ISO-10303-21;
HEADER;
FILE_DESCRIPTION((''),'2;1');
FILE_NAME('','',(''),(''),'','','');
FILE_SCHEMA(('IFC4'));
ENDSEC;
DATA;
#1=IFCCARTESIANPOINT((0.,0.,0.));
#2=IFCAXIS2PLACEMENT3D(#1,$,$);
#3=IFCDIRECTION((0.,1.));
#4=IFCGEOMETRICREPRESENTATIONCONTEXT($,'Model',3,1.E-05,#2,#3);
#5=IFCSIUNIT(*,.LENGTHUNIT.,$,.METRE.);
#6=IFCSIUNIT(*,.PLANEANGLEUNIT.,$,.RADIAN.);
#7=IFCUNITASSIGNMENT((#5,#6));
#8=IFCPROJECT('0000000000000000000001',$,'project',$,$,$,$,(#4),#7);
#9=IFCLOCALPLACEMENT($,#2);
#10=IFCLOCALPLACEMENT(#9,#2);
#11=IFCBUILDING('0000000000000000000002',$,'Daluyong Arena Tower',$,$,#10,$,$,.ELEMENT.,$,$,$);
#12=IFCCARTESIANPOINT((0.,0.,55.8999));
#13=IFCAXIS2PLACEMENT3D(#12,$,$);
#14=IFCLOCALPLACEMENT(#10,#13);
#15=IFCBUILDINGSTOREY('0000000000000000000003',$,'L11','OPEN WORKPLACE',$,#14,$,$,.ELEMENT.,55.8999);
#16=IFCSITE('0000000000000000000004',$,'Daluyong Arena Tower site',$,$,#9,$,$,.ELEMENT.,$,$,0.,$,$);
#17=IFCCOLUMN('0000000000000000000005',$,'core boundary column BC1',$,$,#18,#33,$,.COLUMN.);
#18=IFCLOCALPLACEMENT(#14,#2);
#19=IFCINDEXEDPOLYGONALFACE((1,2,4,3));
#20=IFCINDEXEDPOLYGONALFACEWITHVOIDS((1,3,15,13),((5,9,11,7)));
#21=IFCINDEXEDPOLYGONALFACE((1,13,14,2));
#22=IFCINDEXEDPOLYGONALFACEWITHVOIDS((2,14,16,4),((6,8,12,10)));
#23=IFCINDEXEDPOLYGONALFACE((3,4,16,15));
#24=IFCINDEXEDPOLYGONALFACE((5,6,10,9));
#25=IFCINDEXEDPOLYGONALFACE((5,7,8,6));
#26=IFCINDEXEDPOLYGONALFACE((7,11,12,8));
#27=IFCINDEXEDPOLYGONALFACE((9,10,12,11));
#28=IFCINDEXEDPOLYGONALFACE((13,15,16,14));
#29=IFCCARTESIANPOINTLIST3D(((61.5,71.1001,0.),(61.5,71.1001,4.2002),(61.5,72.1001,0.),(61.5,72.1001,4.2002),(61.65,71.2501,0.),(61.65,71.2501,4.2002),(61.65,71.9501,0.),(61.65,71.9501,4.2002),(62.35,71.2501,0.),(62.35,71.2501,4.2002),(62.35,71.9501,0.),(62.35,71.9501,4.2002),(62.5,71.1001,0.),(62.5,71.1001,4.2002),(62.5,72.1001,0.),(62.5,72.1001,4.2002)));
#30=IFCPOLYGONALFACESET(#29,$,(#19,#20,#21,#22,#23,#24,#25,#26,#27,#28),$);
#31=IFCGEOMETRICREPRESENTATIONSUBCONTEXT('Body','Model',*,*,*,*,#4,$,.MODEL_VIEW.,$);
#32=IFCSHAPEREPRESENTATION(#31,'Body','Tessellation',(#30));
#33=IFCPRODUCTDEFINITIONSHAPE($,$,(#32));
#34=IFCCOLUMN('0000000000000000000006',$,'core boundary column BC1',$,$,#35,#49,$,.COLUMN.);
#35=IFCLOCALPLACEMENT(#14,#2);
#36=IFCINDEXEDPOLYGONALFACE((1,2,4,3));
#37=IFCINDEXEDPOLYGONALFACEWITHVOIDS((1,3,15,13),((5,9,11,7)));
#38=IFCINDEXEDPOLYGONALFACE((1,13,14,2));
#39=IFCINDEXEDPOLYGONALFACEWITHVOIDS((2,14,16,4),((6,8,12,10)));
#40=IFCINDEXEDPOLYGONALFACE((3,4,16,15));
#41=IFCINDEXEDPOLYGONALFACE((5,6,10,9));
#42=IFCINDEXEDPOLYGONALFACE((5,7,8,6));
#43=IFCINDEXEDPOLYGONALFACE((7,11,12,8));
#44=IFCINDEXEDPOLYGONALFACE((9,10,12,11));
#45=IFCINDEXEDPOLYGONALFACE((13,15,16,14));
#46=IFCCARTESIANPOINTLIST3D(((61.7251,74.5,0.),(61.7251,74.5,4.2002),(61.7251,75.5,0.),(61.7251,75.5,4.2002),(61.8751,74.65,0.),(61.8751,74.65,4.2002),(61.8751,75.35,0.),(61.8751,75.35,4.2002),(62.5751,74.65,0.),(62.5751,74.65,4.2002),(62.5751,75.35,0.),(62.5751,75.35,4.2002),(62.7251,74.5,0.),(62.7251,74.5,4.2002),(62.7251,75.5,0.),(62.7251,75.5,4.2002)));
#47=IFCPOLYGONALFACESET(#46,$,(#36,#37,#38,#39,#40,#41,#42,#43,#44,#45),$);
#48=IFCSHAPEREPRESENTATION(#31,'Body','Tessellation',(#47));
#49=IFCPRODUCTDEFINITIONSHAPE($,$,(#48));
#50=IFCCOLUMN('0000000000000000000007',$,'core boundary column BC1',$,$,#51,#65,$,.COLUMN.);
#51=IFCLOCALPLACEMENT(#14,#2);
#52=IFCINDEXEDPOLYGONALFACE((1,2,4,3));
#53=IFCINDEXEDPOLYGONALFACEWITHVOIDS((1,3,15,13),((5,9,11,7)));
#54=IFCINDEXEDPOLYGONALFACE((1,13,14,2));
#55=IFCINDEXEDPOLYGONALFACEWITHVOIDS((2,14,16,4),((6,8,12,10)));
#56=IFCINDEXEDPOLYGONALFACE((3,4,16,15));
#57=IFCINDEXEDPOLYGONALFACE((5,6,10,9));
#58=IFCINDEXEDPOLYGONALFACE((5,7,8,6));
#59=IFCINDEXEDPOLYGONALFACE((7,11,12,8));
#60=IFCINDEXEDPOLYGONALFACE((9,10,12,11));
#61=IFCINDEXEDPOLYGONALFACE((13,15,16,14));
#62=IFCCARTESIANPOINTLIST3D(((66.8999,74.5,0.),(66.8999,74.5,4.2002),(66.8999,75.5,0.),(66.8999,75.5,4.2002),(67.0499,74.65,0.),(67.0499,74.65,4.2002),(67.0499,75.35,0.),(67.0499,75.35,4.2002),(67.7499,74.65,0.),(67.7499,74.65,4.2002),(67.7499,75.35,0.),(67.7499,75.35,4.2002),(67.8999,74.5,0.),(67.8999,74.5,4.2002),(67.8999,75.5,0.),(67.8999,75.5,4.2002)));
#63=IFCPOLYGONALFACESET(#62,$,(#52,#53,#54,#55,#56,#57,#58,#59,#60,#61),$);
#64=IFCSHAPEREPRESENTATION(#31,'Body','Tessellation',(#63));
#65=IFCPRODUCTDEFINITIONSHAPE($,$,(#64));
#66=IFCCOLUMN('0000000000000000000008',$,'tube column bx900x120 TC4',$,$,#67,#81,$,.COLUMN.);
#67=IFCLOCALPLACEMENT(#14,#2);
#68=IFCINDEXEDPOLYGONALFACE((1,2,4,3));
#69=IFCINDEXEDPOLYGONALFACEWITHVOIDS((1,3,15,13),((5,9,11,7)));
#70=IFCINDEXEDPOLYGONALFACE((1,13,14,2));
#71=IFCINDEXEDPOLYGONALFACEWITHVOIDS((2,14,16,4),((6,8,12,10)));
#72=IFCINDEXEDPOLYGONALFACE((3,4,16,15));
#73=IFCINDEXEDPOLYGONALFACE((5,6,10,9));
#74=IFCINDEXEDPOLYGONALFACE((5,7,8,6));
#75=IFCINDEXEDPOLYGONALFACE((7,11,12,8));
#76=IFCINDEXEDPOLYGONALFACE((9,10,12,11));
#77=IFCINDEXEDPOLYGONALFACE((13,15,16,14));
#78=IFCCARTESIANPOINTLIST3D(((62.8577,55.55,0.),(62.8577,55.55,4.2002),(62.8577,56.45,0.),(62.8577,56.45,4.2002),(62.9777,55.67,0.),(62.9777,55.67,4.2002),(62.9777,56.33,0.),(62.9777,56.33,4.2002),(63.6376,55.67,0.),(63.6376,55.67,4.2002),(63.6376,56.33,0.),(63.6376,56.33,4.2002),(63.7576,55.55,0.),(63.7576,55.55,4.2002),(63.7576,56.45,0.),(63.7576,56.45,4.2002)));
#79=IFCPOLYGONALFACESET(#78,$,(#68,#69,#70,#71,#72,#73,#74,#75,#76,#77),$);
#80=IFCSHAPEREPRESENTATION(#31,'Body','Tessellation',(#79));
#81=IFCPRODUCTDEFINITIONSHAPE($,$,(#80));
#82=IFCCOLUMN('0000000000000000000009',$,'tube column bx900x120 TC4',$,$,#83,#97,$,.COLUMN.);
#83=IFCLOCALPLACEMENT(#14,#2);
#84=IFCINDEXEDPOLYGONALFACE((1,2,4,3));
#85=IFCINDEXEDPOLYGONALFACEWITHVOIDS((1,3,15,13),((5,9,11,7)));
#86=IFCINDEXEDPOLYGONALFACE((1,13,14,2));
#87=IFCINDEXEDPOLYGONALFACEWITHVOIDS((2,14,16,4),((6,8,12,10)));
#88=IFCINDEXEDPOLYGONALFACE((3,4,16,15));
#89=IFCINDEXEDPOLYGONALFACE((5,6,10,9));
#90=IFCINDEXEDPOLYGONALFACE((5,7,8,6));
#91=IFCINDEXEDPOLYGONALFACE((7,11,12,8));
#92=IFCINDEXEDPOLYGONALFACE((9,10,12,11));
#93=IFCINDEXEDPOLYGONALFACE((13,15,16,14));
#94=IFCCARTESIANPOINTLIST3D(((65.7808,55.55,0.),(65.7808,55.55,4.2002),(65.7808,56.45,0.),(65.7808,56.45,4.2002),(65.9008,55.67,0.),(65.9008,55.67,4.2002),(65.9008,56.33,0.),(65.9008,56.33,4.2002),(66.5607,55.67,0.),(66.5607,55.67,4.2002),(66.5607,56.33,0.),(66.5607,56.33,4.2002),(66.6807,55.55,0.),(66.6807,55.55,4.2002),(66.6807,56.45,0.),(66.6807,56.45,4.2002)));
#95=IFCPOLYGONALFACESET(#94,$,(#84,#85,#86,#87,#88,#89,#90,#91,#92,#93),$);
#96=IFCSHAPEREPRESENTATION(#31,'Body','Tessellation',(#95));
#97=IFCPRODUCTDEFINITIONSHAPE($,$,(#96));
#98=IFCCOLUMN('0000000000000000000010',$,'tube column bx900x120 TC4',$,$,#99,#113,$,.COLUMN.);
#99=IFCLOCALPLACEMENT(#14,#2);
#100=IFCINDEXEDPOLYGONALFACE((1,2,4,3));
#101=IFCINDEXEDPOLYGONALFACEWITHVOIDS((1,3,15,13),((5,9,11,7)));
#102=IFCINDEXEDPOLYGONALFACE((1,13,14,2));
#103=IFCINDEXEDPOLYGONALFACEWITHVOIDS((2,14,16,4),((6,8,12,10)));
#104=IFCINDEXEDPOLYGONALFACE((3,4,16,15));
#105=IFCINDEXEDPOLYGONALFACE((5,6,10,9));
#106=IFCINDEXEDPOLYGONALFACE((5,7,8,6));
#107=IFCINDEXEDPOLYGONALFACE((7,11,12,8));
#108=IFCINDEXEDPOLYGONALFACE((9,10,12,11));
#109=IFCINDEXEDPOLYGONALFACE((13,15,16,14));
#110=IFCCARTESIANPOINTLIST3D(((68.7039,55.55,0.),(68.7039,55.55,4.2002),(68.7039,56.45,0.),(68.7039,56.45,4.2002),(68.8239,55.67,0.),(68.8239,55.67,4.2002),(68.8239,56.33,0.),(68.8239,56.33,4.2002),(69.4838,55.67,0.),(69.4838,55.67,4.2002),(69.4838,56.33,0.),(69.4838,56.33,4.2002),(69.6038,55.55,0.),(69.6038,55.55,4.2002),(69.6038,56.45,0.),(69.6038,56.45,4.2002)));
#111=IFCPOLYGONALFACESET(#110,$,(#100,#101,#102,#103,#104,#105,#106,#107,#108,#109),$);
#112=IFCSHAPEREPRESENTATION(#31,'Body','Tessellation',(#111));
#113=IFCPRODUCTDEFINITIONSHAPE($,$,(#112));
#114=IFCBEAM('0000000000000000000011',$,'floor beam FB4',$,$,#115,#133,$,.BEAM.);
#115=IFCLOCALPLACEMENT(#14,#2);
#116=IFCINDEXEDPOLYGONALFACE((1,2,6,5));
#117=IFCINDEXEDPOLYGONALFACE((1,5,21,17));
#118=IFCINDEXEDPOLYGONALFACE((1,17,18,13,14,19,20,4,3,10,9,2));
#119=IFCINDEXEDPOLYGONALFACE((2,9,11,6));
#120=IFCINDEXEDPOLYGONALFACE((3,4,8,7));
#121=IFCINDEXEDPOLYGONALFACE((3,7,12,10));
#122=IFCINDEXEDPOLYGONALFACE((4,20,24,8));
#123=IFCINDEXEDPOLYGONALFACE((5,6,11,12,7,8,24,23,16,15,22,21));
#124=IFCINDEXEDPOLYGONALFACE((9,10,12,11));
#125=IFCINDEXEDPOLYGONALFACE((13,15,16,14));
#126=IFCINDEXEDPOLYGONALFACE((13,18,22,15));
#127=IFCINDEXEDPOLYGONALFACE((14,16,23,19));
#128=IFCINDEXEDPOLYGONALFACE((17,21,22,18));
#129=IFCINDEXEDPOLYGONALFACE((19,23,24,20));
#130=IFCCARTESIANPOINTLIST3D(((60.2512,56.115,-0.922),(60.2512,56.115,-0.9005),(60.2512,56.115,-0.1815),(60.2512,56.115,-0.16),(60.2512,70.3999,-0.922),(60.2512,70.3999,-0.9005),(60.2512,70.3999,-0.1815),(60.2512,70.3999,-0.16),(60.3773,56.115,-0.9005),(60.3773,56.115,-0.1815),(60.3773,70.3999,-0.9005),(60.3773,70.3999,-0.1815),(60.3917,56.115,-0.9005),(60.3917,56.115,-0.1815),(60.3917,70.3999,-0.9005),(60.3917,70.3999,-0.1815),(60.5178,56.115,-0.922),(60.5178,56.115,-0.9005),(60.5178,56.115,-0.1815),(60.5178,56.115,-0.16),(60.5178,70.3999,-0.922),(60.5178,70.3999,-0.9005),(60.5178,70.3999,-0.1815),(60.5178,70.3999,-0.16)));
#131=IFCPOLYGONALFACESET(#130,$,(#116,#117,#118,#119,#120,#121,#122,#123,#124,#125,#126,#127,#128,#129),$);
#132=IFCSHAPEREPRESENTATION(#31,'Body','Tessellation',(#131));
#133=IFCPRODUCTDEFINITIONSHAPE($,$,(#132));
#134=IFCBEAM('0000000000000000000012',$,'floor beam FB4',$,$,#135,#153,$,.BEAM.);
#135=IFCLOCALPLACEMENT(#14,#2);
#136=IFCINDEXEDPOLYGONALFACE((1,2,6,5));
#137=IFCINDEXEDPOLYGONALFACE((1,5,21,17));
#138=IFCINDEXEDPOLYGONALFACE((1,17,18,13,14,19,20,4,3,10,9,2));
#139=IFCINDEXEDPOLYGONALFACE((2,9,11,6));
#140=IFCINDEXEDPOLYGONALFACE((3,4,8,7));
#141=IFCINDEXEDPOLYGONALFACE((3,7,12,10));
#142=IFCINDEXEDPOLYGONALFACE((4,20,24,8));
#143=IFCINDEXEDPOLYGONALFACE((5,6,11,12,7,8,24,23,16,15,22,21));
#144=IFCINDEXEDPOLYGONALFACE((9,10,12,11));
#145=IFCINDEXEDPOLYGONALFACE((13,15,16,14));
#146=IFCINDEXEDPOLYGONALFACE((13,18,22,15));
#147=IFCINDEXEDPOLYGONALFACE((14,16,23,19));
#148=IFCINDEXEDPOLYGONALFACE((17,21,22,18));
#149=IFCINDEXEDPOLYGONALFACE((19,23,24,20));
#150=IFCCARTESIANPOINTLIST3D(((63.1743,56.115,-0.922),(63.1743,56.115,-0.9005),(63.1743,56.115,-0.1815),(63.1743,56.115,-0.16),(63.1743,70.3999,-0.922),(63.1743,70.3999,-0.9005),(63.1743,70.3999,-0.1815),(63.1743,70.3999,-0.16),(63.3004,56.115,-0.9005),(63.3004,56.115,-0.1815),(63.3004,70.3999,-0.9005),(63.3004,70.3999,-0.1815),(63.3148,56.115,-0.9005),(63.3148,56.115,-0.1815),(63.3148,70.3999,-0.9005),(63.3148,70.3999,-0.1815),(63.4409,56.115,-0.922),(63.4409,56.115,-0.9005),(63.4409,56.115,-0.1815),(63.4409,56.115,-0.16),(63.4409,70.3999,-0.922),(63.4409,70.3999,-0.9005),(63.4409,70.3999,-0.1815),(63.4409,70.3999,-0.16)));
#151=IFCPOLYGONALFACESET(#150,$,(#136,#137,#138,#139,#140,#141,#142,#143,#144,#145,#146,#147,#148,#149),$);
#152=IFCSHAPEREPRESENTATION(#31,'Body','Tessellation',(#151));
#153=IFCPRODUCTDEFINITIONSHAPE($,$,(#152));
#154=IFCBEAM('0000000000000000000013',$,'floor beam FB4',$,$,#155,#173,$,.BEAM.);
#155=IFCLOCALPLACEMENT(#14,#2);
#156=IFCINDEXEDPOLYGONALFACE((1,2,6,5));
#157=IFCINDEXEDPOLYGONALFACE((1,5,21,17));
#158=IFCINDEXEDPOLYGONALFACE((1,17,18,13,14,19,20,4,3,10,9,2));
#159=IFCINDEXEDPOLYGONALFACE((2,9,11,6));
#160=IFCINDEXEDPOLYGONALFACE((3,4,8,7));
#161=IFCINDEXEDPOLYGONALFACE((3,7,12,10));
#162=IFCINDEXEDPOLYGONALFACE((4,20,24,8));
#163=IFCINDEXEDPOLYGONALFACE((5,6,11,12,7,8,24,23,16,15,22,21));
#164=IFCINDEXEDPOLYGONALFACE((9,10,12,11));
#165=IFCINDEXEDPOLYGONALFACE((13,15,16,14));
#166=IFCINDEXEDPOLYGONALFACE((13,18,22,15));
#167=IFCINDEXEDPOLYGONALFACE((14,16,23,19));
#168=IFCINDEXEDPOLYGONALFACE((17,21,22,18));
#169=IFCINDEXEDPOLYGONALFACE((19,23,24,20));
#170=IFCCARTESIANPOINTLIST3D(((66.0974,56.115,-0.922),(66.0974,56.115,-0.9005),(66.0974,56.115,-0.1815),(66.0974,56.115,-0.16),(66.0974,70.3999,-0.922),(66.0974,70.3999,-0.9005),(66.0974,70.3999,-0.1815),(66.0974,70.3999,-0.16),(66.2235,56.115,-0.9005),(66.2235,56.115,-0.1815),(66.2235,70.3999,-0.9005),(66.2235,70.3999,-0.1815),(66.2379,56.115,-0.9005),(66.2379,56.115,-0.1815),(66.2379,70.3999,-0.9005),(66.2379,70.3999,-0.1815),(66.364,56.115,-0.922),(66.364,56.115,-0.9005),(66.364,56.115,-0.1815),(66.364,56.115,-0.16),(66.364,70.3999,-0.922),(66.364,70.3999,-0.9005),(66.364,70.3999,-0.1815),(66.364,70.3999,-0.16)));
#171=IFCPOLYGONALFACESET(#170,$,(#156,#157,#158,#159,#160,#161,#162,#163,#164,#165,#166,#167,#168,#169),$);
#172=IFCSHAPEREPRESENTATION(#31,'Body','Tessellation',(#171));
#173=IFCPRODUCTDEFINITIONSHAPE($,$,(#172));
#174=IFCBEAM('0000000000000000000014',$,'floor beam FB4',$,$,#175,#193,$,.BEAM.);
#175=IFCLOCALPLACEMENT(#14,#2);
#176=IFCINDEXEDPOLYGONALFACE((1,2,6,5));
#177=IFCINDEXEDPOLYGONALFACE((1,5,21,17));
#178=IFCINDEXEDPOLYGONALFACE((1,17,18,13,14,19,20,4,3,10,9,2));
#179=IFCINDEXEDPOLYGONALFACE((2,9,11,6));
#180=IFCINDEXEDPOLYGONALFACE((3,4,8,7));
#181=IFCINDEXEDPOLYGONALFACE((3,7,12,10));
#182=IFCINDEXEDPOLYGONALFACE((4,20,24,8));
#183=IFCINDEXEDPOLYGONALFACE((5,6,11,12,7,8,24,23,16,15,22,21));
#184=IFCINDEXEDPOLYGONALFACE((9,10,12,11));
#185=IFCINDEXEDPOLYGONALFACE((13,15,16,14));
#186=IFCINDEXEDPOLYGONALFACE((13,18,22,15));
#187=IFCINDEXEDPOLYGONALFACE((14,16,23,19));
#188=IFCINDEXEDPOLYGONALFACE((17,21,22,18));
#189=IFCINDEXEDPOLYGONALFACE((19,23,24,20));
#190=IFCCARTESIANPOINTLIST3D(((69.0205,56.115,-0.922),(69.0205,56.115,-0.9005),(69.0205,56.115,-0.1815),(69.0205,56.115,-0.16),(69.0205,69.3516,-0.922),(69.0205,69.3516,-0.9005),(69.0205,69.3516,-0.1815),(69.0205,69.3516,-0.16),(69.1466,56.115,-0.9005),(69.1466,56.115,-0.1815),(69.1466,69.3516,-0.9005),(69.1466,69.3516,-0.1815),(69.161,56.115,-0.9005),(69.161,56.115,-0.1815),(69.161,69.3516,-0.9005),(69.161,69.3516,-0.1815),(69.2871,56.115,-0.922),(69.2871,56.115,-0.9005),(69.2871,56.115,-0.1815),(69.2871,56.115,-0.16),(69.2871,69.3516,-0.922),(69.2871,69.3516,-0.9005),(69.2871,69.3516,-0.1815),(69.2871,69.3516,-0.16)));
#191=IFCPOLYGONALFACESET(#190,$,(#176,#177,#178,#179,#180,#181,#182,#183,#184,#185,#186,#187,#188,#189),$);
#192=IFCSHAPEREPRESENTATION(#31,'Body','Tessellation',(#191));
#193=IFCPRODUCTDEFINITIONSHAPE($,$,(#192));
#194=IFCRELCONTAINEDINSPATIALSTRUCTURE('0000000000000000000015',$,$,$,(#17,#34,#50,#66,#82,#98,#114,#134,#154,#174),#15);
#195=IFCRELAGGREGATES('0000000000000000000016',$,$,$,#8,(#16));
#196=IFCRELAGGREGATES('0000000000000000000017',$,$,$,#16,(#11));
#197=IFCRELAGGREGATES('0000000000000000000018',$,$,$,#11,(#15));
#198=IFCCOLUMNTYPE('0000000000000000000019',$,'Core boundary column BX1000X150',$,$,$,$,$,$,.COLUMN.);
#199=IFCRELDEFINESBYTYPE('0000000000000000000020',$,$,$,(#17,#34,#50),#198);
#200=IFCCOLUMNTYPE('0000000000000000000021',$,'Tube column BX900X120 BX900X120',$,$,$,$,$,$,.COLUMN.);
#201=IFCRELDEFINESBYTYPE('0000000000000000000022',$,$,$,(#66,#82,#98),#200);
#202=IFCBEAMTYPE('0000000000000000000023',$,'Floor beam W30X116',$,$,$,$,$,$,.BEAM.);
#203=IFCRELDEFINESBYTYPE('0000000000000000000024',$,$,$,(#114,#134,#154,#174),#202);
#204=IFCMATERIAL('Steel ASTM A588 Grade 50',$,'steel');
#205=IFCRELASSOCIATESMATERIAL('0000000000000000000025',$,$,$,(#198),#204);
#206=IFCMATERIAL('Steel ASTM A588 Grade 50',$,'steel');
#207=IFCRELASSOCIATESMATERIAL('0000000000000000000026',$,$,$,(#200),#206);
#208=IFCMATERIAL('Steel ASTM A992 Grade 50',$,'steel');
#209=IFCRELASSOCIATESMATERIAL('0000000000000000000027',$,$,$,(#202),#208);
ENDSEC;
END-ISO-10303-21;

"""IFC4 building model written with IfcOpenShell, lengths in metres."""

from ifc_helpers import new_model, si_unit, direction, frame, origin, origin_2d, place, context, subcontext, project, spatial, hollow_rectangle, i_section, extrude, material, material_profile, profile_set, type_object, element, save


model = new_model("IFC4")

# Units and contexts
model_context = context("Model", 3, precision=1e-05, world=origin(), true_north=direction((0.0, 1.0)))
body_context = subcontext(model_context, "Body", "Model", "MODEL_VIEW")
ifc_project = project(units=[si_unit("LENGTHUNIT", "METRE"), si_unit("PLANEANGLEUNIT", "RADIAN")], contexts=[model_context])

# Site, building, storey
site_placement = place(None, origin())
site = spatial("IfcSite", under=ifc_project, at=site_placement, Name="Daluyong Arena Tower site", CompositionType="ELEMENT", RefElevation=0.0)
building_placement = place(site_placement, origin())
building = spatial("IfcBuilding", under=site, at=building_placement, Name="Daluyong Arena Tower", CompositionType="ELEMENT")
storey_placement = place(building_placement, frame((0.0, 0.0, 55.8999)))
storey = spatial("IfcBuildingStorey", under=building, at=storey_placement, Name="L11", Description="OPEN WORKPLACE", CompositionType="ELEMENT", Elevation=55.8999)

# Columns
ifc_material_1 = material(Name="Steel ASTM A588 Grade 50", Category="steel")
ifc_material_profile_1 = material_profile(ifc_material_1, hollow_rectangle(XDim=1.0, YDim=1.0, WallThickness=0.15, at=origin_2d()))
ifc_profile_set_1 = profile_set([ifc_material_profile_1], Name="Steel ASTM A588 Grade 50")
column_type_1 = type_object("IfcColumnType", Name="Core boundary column BX1000X150", PredefinedType="COLUMN", material=ifc_profile_set_1)
for number, where, z_axis, x_axis, name in (
    (1, (62.0, 71.6001, 0.0), (0.0, 0.0, 1.0), (1.0, 0.0, 0.0), "core boundary column BC1"),
    (2, (62.2251, 75.0, 0.0), (0.0, 0.0, 1.0), (1.0, 0.0, 0.0), "core boundary column BC1"),
    (3, (67.3999, 75.0, 0.0), (0.0, 0.0, 1.0), (1.0, 0.0, 0.0), "core boundary column BC1"),
):
    element("IfcColumn", number, at=place(storey_placement, frame(where, z_axis=z_axis, x_axis=x_axis)), inside=storey, type_object=column_type_1, Name=name, PredefinedType="COLUMN", context=body_context, shape_type="SweptSolid", body=[
        extrude(hollow_rectangle(XDim=1.0, YDim=1.0, WallThickness=0.15, at=origin_2d()), origin(), (0.0, 0.0, 1.0), 4.2002),
    ])
ifc_material_2 = material(Name="Steel ASTM A588 Grade 50", Category="steel")
ifc_material_profile_2 = material_profile(ifc_material_2, hollow_rectangle(XDim=0.8999, YDim=0.8999, WallThickness=0.12, at=origin_2d()))
ifc_profile_set_2 = profile_set([ifc_material_profile_2], Name="Steel ASTM A588 Grade 50")
column_type_2 = type_object("IfcColumnType", Name="Tube column BX900X120 BX900X120", PredefinedType="COLUMN", material=ifc_profile_set_2)
for number, where, z_axis, x_axis, name in (
    (4, (63.3076, 56.0, 0.0), (0.0, 0.0, 1.0), (1.0, 0.0, 0.0), "tube column bx900x120 TC4"),
    (5, (66.2307, 56.0, 0.0), (0.0, 0.0, 1.0), (1.0, 0.0, 0.0), "tube column bx900x120 TC4"),
    (6, (69.1538, 56.0, 0.0), (0.0, 0.0, 1.0), (1.0, 0.0, 0.0), "tube column bx900x120 TC4"),
):
    element("IfcColumn", number, at=place(storey_placement, frame(where, z_axis=z_axis, x_axis=x_axis)), inside=storey, type_object=column_type_2, Name=name, PredefinedType="COLUMN", context=body_context, shape_type="SweptSolid", body=[
        extrude(hollow_rectangle(XDim=0.8999, YDim=0.8999, WallThickness=0.12, at=origin_2d()), origin(), (0.0, 0.0, 1.0), 4.2002),
    ])

# Beams
ifc_material_3 = material(Name="Steel ASTM A992 Grade 50", Category="steel")
ifc_material_profile_3 = material_profile(ifc_material_3, i_section(OverallWidth=0.2666, OverallDepth=0.762, WebThickness=0.0144, FlangeThickness=0.0215, at=origin_2d()))
ifc_profile_set_3 = profile_set([ifc_material_profile_3], Name="Steel ASTM A992 Grade 50")
beam_type_1 = type_object("IfcBeamType", Name="Floor beam W30X116", PredefinedType="BEAM", material=ifc_profile_set_3)
for number, where, z_axis, x_axis, name in (
    (7, (60.3845, 56.115, -0.541), (0.0, 1.0, 0.0), (-1.0, 0.0, 0.0), "floor beam FB4"),
    (8, (63.3076, 56.115, -0.541), (0.0, 1.0, 0.0), (-1.0, 0.0, 0.0), "floor beam FB4"),
    (9, (66.2307, 56.115, -0.541), (0.0, 1.0, 0.0), (-1.0, 0.0, 0.0), "floor beam FB4"),
):
    element("IfcBeam", number, at=place(storey_placement, frame(where, z_axis=z_axis, x_axis=x_axis)), inside=storey, type_object=beam_type_1, Name=name, PredefinedType="BEAM", context=body_context, shape_type="SweptSolid", body=[
        extrude(i_section(OverallWidth=0.2666, OverallDepth=0.762, WebThickness=0.0144, FlangeThickness=0.0215, at=origin_2d()), origin(), (0.0, 0.0, 1.0), 14.2849),
    ])
beam_1_placement = place(storey_placement, frame((69.1538, 56.115, -0.541), z_axis=(0.0, 1.0, 0.0), x_axis=(-1.0, 0.0, 0.0)))
element("IfcBeam", 10, at=beam_1_placement, inside=storey, type_object=beam_type_1, Name="floor beam FB4", PredefinedType="BEAM", context=body_context, shape_type="SweptSolid", body=[
    extrude(i_section(OverallWidth=0.2666, OverallDepth=0.762, WebThickness=0.0144, FlangeThickness=0.0215, at=origin_2d()), origin(), (0.0, 0.0, 1.0), 13.2366),
])

save(model, "model.ifc")
